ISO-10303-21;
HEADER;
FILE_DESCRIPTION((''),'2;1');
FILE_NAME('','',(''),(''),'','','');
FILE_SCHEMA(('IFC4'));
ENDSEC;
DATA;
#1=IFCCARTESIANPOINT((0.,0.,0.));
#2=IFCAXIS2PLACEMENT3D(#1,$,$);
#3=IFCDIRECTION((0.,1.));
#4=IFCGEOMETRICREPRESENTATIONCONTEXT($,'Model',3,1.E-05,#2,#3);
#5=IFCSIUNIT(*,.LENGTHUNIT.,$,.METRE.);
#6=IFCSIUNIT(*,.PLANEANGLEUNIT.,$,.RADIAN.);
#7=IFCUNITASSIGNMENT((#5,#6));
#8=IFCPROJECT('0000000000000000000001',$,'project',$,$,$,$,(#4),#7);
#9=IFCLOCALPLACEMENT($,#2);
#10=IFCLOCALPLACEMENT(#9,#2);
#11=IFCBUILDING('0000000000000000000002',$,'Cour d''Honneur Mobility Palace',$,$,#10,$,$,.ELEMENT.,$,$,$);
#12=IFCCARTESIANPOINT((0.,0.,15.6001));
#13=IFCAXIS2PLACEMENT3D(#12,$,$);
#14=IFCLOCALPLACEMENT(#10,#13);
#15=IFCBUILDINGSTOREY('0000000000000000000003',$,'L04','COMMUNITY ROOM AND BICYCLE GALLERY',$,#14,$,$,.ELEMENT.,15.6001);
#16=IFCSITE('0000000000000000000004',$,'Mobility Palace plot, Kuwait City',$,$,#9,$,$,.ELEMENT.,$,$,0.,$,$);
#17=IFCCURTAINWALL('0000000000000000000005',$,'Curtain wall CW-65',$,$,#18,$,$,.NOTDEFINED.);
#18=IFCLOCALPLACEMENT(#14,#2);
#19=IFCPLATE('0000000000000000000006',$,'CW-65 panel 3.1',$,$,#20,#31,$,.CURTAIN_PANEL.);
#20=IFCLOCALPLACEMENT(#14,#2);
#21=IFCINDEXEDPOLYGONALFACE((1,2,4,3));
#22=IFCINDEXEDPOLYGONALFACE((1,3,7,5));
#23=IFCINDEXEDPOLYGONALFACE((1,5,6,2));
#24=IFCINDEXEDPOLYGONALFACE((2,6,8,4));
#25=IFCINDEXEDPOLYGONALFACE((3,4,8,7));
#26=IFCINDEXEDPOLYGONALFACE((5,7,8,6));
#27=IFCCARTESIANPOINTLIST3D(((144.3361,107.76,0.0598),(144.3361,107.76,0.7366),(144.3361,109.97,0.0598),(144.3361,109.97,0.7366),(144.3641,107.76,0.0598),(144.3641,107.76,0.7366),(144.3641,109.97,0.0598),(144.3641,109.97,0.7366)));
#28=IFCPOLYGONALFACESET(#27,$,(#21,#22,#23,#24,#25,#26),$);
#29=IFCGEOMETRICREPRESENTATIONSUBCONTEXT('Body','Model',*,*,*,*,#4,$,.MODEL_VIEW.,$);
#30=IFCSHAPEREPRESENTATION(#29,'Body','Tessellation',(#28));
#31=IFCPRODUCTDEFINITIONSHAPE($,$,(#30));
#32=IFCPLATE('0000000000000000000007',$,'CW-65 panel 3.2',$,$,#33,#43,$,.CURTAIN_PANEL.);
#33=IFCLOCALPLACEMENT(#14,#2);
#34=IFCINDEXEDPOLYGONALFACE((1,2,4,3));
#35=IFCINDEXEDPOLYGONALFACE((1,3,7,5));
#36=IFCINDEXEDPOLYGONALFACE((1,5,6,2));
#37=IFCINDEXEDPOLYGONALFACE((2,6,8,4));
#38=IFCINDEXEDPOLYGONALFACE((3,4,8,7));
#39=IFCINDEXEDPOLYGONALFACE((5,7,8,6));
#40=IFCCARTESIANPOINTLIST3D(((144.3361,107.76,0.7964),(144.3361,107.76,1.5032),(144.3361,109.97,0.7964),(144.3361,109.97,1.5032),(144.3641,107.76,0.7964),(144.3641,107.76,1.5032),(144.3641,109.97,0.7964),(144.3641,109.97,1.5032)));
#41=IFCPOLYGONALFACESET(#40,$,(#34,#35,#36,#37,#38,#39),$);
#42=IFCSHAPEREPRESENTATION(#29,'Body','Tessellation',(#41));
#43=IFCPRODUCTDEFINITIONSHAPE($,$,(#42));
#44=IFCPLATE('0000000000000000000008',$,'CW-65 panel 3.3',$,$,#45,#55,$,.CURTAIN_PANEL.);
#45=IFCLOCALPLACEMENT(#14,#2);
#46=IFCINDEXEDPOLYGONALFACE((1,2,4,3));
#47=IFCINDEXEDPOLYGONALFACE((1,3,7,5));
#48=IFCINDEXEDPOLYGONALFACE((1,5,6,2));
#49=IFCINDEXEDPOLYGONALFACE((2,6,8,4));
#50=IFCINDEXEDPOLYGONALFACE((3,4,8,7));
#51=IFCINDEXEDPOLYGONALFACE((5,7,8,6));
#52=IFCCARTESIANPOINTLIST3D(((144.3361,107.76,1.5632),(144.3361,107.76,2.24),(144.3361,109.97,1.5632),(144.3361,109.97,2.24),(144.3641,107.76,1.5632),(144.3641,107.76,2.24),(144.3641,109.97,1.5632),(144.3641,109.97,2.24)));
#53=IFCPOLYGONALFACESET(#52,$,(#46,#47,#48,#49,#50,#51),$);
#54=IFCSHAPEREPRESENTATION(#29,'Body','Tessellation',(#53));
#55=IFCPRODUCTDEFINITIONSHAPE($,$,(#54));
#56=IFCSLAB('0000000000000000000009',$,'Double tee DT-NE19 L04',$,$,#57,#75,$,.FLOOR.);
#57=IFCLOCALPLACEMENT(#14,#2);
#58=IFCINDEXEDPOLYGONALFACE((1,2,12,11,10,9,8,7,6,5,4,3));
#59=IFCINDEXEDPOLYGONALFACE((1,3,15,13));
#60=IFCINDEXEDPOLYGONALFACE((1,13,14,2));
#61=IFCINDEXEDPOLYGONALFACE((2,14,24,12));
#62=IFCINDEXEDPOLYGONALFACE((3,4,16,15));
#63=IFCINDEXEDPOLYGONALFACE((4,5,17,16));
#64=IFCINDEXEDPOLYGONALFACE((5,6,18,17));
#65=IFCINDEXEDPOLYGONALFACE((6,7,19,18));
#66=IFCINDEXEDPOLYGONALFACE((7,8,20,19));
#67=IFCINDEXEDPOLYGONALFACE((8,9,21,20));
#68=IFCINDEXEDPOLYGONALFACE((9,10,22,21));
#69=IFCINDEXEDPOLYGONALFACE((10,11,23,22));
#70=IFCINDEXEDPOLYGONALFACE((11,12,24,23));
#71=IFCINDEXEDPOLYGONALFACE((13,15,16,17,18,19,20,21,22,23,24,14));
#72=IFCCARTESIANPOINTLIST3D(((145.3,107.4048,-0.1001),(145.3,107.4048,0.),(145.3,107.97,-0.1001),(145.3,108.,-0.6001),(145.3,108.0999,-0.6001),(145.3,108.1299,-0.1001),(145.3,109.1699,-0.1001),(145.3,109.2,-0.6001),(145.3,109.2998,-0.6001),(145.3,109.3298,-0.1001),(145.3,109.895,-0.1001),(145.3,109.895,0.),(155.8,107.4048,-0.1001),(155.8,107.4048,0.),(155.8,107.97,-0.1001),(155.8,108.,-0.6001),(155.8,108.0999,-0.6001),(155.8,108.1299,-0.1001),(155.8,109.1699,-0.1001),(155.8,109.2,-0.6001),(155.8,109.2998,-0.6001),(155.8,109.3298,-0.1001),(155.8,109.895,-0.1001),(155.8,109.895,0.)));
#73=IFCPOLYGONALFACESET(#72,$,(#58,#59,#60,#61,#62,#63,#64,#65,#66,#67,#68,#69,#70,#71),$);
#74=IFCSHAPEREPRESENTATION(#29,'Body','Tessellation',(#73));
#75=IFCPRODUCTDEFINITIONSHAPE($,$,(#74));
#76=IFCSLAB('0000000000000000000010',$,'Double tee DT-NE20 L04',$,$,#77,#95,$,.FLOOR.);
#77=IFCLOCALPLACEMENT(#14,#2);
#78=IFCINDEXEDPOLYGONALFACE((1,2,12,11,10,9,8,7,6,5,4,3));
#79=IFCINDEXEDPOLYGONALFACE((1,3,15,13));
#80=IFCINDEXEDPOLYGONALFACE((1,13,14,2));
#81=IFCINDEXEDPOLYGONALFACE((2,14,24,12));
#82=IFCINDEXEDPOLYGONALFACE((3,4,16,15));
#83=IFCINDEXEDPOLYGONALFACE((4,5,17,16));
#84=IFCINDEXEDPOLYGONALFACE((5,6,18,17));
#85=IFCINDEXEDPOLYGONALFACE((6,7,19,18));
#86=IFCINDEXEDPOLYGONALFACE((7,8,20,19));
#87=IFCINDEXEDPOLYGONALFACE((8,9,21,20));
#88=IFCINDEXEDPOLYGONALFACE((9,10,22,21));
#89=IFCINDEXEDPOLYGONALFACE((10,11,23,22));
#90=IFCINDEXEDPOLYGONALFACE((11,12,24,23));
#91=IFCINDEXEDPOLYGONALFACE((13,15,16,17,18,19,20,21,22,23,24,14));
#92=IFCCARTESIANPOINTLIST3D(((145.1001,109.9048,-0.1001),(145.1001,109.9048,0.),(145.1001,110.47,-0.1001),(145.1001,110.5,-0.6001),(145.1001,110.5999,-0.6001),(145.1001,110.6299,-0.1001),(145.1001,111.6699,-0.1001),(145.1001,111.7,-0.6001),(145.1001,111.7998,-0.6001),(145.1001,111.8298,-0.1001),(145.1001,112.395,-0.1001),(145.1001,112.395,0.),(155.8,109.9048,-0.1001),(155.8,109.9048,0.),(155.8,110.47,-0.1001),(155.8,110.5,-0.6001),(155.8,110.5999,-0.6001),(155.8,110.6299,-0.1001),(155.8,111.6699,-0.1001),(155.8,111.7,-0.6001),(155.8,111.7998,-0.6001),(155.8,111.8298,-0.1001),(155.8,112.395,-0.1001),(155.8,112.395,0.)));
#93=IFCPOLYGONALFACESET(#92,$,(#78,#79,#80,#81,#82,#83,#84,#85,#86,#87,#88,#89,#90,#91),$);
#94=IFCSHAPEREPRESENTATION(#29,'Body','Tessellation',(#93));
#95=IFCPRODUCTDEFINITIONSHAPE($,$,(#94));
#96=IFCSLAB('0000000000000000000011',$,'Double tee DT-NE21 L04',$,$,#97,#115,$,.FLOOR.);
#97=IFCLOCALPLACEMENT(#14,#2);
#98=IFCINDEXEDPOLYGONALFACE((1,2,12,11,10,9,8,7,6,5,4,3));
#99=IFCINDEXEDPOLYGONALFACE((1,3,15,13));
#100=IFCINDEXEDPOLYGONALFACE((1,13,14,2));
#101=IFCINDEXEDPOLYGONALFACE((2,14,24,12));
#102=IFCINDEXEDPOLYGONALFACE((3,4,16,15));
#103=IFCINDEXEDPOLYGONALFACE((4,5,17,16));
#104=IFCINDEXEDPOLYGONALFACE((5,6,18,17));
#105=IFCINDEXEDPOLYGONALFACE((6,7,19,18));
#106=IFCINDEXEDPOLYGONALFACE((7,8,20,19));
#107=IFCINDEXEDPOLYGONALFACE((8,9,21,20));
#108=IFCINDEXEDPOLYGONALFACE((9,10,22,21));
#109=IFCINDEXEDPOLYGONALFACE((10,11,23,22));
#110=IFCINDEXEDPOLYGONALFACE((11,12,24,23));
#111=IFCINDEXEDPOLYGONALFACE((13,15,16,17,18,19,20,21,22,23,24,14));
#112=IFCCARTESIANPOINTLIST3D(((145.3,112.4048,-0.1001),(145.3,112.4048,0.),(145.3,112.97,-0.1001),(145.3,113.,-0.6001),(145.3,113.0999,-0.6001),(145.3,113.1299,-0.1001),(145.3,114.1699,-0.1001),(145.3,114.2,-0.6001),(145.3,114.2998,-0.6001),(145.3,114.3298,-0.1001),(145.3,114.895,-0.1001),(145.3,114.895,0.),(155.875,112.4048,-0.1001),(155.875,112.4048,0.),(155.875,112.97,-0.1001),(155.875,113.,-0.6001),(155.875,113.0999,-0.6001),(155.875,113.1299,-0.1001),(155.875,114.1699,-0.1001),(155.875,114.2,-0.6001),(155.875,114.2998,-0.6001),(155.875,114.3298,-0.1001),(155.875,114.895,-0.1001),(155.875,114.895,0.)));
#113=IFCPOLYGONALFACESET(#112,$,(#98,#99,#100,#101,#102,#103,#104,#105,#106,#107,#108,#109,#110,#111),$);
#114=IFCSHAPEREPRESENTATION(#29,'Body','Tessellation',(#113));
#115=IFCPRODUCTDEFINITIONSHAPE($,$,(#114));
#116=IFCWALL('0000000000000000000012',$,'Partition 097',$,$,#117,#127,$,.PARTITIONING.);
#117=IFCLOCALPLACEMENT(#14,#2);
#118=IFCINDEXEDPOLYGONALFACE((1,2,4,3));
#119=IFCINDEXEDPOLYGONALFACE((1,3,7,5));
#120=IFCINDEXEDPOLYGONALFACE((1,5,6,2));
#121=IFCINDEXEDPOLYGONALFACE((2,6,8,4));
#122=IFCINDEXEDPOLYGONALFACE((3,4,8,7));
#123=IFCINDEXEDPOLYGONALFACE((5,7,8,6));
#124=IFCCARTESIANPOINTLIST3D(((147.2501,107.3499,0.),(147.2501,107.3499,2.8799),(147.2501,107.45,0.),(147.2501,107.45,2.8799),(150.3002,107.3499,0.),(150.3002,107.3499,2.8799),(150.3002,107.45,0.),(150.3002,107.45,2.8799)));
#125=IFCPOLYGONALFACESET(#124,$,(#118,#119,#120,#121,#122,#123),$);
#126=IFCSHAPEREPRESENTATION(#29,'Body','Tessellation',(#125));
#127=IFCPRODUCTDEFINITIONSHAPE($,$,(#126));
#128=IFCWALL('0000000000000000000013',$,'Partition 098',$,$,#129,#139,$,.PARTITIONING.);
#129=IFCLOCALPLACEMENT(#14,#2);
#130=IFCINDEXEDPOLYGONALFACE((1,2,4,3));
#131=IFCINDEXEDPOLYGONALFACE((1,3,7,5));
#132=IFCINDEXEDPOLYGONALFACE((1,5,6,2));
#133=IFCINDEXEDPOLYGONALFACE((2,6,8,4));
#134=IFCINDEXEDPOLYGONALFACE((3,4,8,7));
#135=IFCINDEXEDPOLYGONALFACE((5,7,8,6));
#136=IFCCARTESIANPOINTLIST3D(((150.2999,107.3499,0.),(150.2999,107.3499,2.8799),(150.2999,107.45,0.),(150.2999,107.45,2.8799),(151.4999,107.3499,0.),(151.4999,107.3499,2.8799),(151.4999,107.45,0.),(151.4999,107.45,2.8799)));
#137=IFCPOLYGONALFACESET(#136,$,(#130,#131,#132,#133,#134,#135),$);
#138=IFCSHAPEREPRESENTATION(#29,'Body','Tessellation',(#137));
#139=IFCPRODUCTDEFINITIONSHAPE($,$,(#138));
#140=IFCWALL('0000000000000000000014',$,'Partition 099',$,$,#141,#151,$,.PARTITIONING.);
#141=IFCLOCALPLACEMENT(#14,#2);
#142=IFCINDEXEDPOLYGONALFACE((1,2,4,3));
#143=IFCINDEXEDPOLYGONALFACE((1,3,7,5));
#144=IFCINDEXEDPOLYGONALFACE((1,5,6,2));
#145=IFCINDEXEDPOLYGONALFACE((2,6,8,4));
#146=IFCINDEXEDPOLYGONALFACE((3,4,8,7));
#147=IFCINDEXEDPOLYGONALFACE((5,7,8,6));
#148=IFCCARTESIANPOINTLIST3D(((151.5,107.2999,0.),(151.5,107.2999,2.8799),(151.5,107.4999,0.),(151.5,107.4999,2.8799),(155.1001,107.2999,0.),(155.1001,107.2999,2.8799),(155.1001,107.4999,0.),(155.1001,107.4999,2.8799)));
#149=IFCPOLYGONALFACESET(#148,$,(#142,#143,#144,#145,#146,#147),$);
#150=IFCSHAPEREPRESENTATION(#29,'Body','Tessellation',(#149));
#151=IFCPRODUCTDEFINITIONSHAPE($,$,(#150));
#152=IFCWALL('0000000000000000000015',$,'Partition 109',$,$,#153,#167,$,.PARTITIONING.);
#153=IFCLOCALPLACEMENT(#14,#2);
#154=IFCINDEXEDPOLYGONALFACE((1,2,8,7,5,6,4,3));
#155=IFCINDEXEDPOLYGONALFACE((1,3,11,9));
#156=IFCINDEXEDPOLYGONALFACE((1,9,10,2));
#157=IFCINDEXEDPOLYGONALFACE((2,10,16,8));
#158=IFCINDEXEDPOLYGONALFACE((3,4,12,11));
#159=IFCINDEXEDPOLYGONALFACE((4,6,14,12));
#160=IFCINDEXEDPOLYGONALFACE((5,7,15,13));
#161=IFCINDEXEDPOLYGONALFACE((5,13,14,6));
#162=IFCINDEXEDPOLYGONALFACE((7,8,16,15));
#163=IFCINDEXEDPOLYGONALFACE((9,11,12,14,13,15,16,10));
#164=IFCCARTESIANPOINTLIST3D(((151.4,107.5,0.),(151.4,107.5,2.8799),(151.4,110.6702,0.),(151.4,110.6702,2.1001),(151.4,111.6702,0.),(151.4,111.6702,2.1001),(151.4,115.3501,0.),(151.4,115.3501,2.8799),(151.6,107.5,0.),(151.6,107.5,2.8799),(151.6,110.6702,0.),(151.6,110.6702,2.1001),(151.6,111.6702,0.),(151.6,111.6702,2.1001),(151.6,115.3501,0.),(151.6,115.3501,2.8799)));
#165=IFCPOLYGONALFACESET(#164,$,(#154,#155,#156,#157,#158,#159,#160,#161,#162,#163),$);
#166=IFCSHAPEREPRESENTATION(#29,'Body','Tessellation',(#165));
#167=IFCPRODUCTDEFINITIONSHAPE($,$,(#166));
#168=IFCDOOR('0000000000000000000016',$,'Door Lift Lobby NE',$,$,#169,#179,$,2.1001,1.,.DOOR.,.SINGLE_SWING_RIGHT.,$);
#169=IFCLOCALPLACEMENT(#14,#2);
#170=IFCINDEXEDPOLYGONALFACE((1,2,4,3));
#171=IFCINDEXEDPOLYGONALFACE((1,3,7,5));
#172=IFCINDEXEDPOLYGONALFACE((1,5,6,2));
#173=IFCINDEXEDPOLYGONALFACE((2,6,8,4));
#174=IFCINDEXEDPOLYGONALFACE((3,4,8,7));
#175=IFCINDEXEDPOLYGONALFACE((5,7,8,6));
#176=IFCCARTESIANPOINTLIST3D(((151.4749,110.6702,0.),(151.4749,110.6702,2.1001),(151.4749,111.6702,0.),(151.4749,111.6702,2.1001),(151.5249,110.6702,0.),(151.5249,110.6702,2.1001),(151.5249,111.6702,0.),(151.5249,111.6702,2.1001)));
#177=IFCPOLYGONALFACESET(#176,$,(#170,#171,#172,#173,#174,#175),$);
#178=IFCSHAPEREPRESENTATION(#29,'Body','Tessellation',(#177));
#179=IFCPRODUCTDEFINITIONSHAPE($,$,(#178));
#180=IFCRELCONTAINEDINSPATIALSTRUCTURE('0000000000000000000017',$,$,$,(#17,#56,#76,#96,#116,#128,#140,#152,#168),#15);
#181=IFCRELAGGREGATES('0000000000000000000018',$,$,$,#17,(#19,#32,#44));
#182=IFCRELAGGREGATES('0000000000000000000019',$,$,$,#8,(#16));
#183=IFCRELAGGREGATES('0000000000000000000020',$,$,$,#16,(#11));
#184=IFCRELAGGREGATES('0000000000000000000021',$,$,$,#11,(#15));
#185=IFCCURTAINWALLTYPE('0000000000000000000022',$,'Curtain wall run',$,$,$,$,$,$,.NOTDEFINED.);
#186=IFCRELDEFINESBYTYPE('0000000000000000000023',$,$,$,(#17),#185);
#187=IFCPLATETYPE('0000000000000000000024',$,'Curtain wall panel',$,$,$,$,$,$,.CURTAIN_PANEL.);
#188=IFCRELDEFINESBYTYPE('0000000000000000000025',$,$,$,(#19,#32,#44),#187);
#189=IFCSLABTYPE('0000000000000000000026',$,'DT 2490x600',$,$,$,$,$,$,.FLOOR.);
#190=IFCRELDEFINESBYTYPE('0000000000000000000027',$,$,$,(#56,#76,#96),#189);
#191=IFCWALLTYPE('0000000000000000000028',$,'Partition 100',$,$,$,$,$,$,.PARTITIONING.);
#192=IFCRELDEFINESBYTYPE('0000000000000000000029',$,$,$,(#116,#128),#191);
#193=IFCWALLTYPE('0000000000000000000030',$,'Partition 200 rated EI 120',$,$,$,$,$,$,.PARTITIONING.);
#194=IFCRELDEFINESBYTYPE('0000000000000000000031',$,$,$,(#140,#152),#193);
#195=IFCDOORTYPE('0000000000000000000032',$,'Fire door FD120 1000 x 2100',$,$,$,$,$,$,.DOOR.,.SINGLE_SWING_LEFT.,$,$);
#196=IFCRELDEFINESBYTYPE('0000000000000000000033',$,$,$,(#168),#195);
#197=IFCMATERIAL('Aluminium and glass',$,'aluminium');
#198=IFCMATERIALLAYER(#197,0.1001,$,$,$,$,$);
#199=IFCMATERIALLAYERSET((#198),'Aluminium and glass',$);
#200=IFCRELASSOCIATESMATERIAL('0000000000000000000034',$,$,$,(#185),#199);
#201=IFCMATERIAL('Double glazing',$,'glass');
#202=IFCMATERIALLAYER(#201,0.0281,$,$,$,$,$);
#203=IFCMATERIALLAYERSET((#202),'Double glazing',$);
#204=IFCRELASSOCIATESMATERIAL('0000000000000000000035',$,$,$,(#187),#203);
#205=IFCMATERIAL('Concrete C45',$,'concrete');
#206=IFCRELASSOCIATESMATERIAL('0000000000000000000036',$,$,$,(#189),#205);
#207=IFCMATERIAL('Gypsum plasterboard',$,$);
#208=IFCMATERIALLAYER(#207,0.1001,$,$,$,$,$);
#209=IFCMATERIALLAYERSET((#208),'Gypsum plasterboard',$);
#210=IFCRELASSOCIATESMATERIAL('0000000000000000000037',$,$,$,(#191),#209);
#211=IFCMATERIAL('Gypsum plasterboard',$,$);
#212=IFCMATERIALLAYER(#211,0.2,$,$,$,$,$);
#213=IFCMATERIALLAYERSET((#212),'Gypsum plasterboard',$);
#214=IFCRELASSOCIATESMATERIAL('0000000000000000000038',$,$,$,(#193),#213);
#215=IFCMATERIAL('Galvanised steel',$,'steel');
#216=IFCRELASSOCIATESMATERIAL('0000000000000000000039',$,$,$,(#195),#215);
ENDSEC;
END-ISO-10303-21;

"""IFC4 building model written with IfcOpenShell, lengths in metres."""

from ifc_helpers import new_model, si_unit, direction, frame, frame_2d, origin, origin_2d, place, context, subcontext, project, spatial, polyline, rectangle, outline, extrude, material, layer, layer_set, material_profile, profile_set, type_object, element, fill, aggregate, save


model = new_model("IFC4")

# Units and contexts
model_context = context("Model", 3, precision=1e-05, world=origin(), true_north=direction((0.0, 1.0)))
body_context = subcontext(model_context, "Body", "Model", "MODEL_VIEW")
ifc_project = project(units=[si_unit("LENGTHUNIT", "METRE"), si_unit("PLANEANGLEUNIT", "RADIAN")], contexts=[model_context])

# Site, building, storey
site_placement = place(None, origin())
site = spatial("IfcSite", under=ifc_project, at=site_placement, Name="Mobility Palace plot, Kuwait City", CompositionType="ELEMENT", RefElevation=0.0)
building_placement = place(site_placement, origin())
building = spatial("IfcBuilding", under=site, at=building_placement, Name="Cour d'Honneur Mobility Palace", CompositionType="ELEMENT")
storey_placement = place(building_placement, frame((0.0, 0.0, 15.6001)))
storey = spatial("IfcBuildingStorey", under=building, at=storey_placement, Name="L04", Description="COMMUNITY ROOM AND BICYCLE GALLERY", CompositionType="ELEMENT", Elevation=15.6001)

# Curtain wall
ifc_material_1 = material(Name="Aluminium and glass", Category="aluminium")
ifc_layer_1 = layer(ifc_material_1, 0.1001)
ifc_layer_set_1 = layer_set([ifc_layer_1], Name="Aluminium and glass")
curtain_wall_type = type_object("IfcCurtainWallType", Name="Curtain wall run", PredefinedType="NOTDEFINED", material=ifc_layer_set_1)
curtain_wall_placement = place(storey_placement, origin())
curtain_wall = element("IfcCurtainWall", 1, at=curtain_wall_placement, inside=storey, type_object=curtain_wall_type, Name="Curtain wall CW-65", PredefinedType="NOTDEFINED")

# Plates
ifc_material_2 = material(Name="Double glazing", Category="glass")
ifc_layer_2 = layer(ifc_material_2, 0.0281)
ifc_layer_set_2 = layer_set([ifc_layer_2], Name="Double glazing")
plate_type = type_object("IfcPlateType", Name="Curtain wall panel", PredefinedType="CURTAIN_PANEL", material=ifc_layer_set_2)
plate_1_placement = place(storey_placement, frame((144.3501, 108.865, 0.0598), z_axis=(0.0, 0.0, 1.0), x_axis=(0.0, -1.0, 0.0)))
plate_1 = element("IfcPlate", 2, at=plate_1_placement, type_object=plate_type, Name="CW-65 panel 3.1", PredefinedType="CURTAIN_PANEL", context=body_context, shape_type="SweptSolid", body=[
    extrude(rectangle(XDim=2.21, YDim=0.0281, at=origin_2d()), origin(), (0.0, 0.0, 1.0), 0.6768),
])
plate_2_placement = place(storey_placement, frame((144.3501, 108.865, 0.7964), z_axis=(0.0, 0.0, 1.0), x_axis=(0.0, -1.0, 0.0)))
plate_2 = element("IfcPlate", 3, at=plate_2_placement, type_object=plate_type, Name="CW-65 panel 3.2", PredefinedType="CURTAIN_PANEL", context=body_context, shape_type="SweptSolid", body=[
    extrude(rectangle(XDim=2.21, YDim=0.0281, at=origin_2d()), origin(), (0.0, 0.0, 1.0), 0.7068),
])
plate_3_placement = place(storey_placement, frame((144.3501, 108.865, 1.5632), z_axis=(0.0, 0.0, 1.0), x_axis=(0.0, -1.0, 0.0)))
plate_3 = element("IfcPlate", 4, at=plate_3_placement, type_object=plate_type, Name="CW-65 panel 3.3", PredefinedType="CURTAIN_PANEL", context=body_context, shape_type="SweptSolid", body=[
    extrude(rectangle(XDim=2.21, YDim=0.0281, at=origin_2d()), origin(), (0.0, 0.0, 1.0), 0.6768),
])
aggregate(curtain_wall, [plate_1, plate_2, plate_3])

# Slabs
ifc_material_3 = material(Name="Concrete C45", Category="concrete")
ifc_material_profile_1 = material_profile(ifc_material_3, outline(polyline([(-1.2451, 0.0), (1.2451, 0.0), (1.2451, -0.1001), (0.6799, -0.1001), (0.6499, -0.6001), (0.55, -0.6001), (0.52, -0.1001), (-0.52, -0.1001), (-0.55, -0.6001), (-0.6499, -0.6001), (-0.6799, -0.1001), (-1.2451, -0.1001), (-1.2451, 0.0)])), Name="DT 2490x600")
ifc_profile_set_1 = profile_set([ifc_material_profile_1], Name="Concrete C45")
slab_type = type_object("IfcSlabType", Name="DT 2490x600", PredefinedType="FLOOR", material=ifc_profile_set_1)
slab_1_placement = place(storey_placement, frame((145.3, 108.6499, 0.0), z_axis=(1.0, 0.0, 0.0), x_axis=(0.0, 1.0, 0.0)))
element("IfcSlab", 5, at=slab_1_placement, inside=storey, type_object=slab_type, Name="Double tee DT-NE19 L04", PredefinedType="FLOOR", context=body_context, shape_type="SweptSolid", body=[
    extrude(outline(polyline([(-1.2451, 0.0), (1.2451, 0.0), (1.2451, -0.1001), (0.6799, -0.1001), (0.6499, -0.6001), (0.55, -0.6001), (0.52, -0.1001), (-0.52, -0.1001), (-0.55, -0.6001), (-0.6499, -0.6001), (-0.6799, -0.1001), (-1.2451, -0.1001), (-1.2451, 0.0)])), origin(), (0.0, 0.0, 1.0), 10.5),
])
slab_2_placement = place(storey_placement, frame((145.1001, 111.1499, 0.0), z_axis=(1.0, 0.0, 0.0), x_axis=(0.0, 1.0, 0.0)))
element("IfcSlab", 6, at=slab_2_placement, inside=storey, type_object=slab_type, Name="Double tee DT-NE20 L04", PredefinedType="FLOOR", context=body_context, shape_type="SweptSolid", body=[
    extrude(outline(polyline([(-1.2451, 0.0), (1.2451, 0.0), (1.2451, -0.1001), (0.6799, -0.1001), (0.6499, -0.6001), (0.55, -0.6001), (0.52, -0.1001), (-0.52, -0.1001), (-0.55, -0.6001), (-0.6499, -0.6001), (-0.6799, -0.1001), (-1.2451, -0.1001), (-1.2451, 0.0)])), origin(), (0.0, 0.0, 1.0), 10.7),
])
slab_3_placement = place(storey_placement, frame((145.3, 113.6499, 0.0), z_axis=(1.0, 0.0, 0.0), x_axis=(0.0, 1.0, 0.0)))
element("IfcSlab", 7, at=slab_3_placement, inside=storey, type_object=slab_type, Name="Double tee DT-NE21 L04", PredefinedType="FLOOR", context=body_context, shape_type="SweptSolid", body=[
    extrude(outline(polyline([(-1.2451, 0.0), (1.2451, 0.0), (1.2451, -0.1001), (0.6799, -0.1001), (0.6499, -0.6001), (0.55, -0.6001), (0.52, -0.1001), (-0.52, -0.1001), (-0.55, -0.6001), (-0.6499, -0.6001), (-0.6799, -0.1001), (-1.2451, -0.1001), (-1.2451, 0.0)])), origin(), (0.0, 0.0, 1.0), 10.575),
])

# Walls
ifc_material_4 = material(Name="Gypsum plasterboard")
ifc_layer_3 = layer(ifc_material_4, 0.1001)
ifc_layer_set_3 = layer_set([ifc_layer_3], Name="Gypsum plasterboard")
wall_type_1 = type_object("IfcWallType", Name="Partition 100", PredefinedType="PARTITIONING", material=ifc_layer_set_3)
wall_1_placement = place(storey_placement, frame((150.3, 107.3999, 0.0), z_axis=(0.0, 0.0, 1.0), x_axis=(-1.0, 0.0, 0.0)))
element("IfcWall", 8, at=wall_1_placement, inside=storey, type_object=wall_type_1, Name="Partition 097", PredefinedType="PARTITIONING", context=body_context, shape_type="SweptSolid", body=[
    extrude(rectangle(XDim=3.05, YDim=0.1001, at=frame_2d((1.5249, 0.0))), origin(), (0.0, 0.0, 1.0), 2.8799),
])
wall_2_placement = place(storey_placement, frame((151.5, 107.3999, 0.0), z_axis=(0.0, 0.0, 1.0), x_axis=(-1.0, 0.0, 0.0)))
element("IfcWall", 9, at=wall_2_placement, inside=storey, type_object=wall_type_1, Name="Partition 098", PredefinedType="PARTITIONING", context=body_context, shape_type="SweptSolid", body=[
    extrude(rectangle(XDim=1.2, YDim=0.1001, at=frame_2d((0.6001, 0.0))), origin(), (0.0, 0.0, 1.0), 2.8799),
])
ifc_material_5 = material(Name="Gypsum plasterboard")
ifc_layer_4 = layer(ifc_material_5, 0.2)
ifc_layer_set_4 = layer_set([ifc_layer_4], Name="Gypsum plasterboard")
wall_type_2 = type_object("IfcWallType", Name="Partition 200 rated EI 120", PredefinedType="PARTITIONING", material=ifc_layer_set_4)
wall_3_placement = place(storey_placement, frame((151.5, 107.3999, 0.0), z_axis=(0.0, 0.0, 1.0), x_axis=(1.0, 0.0, 0.0)))
element("IfcWall", 10, at=wall_3_placement, inside=storey, type_object=wall_type_2, Name="Partition 099", PredefinedType="PARTITIONING", context=body_context, shape_type="SweptSolid", body=[
    extrude(rectangle(XDim=3.6001, YDim=0.2, at=frame_2d((1.8, 0.0))), origin(), (0.0, 0.0, 1.0), 2.8799),
])

# Wall, opening, door
wall_4_placement = place(storey_placement, frame((151.5, 115.3501, 0.0), z_axis=(0.0, 0.0, 1.0), x_axis=(0.0, -1.0, 0.0)))
wall_4 = element("IfcWall", 11, at=wall_4_placement, inside=storey, type_object=wall_type_2, Name="Partition 109", PredefinedType="PARTITIONING", context=body_context, shape_type="SweptSolid", body=[
    extrude(rectangle(XDim=7.8501, YDim=0.2, at=frame_2d((3.925, 0.0))), origin(), (0.0, 0.0, 1.0), 2.8799),
])
opening_placement = place(wall_4_placement, frame((3.6799, 0.0, 0.0)))
opening = element("IfcOpeningElement", 12, at=opening_placement, cuts=wall_4, PredefinedType="OPENING", context=body_context, shape_type="SweptSolid", body=[
    extrude(rectangle(XDim=1.0, YDim=2.1001, at=frame_2d((0.5, 1.05))), frame((0.0, 0.1099, 0.0), z_axis=(0.0, -1.0, 0.0), x_axis=(1.0, 0.0, 0.0)), (0.0, 0.0, 1.0), 0.22),
])
ifc_material_6 = material(Name="Galvanised steel", Category="steel")
door_type = type_object("IfcDoorType", Name="Fire door FD120 1000 x 2100", OperationType="SINGLE_SWING_LEFT", PredefinedType="DOOR", material=ifc_material_6)
door_placement = place(opening_placement, origin())
door = element("IfcDoor", 13, at=door_placement, inside=storey, type_object=door_type, Name="Door Lift Lobby NE", OperationType="SINGLE_SWING_RIGHT", OverallHeight=2.1001, OverallWidth=1.0, PredefinedType="DOOR", context=body_context, shape_type="SweptSolid", body=[
    extrude(rectangle(XDim=1.0, YDim=2.1001, at=frame_2d((0.5, 1.05))), frame((0.0, 0.0249, 0.0), z_axis=(0.0, -1.0, 0.0), x_axis=(1.0, 0.0, 0.0)), (0.0, 0.0, 1.0), 0.05),
])
fill(opening, door)

save(model, "model.ifc")
